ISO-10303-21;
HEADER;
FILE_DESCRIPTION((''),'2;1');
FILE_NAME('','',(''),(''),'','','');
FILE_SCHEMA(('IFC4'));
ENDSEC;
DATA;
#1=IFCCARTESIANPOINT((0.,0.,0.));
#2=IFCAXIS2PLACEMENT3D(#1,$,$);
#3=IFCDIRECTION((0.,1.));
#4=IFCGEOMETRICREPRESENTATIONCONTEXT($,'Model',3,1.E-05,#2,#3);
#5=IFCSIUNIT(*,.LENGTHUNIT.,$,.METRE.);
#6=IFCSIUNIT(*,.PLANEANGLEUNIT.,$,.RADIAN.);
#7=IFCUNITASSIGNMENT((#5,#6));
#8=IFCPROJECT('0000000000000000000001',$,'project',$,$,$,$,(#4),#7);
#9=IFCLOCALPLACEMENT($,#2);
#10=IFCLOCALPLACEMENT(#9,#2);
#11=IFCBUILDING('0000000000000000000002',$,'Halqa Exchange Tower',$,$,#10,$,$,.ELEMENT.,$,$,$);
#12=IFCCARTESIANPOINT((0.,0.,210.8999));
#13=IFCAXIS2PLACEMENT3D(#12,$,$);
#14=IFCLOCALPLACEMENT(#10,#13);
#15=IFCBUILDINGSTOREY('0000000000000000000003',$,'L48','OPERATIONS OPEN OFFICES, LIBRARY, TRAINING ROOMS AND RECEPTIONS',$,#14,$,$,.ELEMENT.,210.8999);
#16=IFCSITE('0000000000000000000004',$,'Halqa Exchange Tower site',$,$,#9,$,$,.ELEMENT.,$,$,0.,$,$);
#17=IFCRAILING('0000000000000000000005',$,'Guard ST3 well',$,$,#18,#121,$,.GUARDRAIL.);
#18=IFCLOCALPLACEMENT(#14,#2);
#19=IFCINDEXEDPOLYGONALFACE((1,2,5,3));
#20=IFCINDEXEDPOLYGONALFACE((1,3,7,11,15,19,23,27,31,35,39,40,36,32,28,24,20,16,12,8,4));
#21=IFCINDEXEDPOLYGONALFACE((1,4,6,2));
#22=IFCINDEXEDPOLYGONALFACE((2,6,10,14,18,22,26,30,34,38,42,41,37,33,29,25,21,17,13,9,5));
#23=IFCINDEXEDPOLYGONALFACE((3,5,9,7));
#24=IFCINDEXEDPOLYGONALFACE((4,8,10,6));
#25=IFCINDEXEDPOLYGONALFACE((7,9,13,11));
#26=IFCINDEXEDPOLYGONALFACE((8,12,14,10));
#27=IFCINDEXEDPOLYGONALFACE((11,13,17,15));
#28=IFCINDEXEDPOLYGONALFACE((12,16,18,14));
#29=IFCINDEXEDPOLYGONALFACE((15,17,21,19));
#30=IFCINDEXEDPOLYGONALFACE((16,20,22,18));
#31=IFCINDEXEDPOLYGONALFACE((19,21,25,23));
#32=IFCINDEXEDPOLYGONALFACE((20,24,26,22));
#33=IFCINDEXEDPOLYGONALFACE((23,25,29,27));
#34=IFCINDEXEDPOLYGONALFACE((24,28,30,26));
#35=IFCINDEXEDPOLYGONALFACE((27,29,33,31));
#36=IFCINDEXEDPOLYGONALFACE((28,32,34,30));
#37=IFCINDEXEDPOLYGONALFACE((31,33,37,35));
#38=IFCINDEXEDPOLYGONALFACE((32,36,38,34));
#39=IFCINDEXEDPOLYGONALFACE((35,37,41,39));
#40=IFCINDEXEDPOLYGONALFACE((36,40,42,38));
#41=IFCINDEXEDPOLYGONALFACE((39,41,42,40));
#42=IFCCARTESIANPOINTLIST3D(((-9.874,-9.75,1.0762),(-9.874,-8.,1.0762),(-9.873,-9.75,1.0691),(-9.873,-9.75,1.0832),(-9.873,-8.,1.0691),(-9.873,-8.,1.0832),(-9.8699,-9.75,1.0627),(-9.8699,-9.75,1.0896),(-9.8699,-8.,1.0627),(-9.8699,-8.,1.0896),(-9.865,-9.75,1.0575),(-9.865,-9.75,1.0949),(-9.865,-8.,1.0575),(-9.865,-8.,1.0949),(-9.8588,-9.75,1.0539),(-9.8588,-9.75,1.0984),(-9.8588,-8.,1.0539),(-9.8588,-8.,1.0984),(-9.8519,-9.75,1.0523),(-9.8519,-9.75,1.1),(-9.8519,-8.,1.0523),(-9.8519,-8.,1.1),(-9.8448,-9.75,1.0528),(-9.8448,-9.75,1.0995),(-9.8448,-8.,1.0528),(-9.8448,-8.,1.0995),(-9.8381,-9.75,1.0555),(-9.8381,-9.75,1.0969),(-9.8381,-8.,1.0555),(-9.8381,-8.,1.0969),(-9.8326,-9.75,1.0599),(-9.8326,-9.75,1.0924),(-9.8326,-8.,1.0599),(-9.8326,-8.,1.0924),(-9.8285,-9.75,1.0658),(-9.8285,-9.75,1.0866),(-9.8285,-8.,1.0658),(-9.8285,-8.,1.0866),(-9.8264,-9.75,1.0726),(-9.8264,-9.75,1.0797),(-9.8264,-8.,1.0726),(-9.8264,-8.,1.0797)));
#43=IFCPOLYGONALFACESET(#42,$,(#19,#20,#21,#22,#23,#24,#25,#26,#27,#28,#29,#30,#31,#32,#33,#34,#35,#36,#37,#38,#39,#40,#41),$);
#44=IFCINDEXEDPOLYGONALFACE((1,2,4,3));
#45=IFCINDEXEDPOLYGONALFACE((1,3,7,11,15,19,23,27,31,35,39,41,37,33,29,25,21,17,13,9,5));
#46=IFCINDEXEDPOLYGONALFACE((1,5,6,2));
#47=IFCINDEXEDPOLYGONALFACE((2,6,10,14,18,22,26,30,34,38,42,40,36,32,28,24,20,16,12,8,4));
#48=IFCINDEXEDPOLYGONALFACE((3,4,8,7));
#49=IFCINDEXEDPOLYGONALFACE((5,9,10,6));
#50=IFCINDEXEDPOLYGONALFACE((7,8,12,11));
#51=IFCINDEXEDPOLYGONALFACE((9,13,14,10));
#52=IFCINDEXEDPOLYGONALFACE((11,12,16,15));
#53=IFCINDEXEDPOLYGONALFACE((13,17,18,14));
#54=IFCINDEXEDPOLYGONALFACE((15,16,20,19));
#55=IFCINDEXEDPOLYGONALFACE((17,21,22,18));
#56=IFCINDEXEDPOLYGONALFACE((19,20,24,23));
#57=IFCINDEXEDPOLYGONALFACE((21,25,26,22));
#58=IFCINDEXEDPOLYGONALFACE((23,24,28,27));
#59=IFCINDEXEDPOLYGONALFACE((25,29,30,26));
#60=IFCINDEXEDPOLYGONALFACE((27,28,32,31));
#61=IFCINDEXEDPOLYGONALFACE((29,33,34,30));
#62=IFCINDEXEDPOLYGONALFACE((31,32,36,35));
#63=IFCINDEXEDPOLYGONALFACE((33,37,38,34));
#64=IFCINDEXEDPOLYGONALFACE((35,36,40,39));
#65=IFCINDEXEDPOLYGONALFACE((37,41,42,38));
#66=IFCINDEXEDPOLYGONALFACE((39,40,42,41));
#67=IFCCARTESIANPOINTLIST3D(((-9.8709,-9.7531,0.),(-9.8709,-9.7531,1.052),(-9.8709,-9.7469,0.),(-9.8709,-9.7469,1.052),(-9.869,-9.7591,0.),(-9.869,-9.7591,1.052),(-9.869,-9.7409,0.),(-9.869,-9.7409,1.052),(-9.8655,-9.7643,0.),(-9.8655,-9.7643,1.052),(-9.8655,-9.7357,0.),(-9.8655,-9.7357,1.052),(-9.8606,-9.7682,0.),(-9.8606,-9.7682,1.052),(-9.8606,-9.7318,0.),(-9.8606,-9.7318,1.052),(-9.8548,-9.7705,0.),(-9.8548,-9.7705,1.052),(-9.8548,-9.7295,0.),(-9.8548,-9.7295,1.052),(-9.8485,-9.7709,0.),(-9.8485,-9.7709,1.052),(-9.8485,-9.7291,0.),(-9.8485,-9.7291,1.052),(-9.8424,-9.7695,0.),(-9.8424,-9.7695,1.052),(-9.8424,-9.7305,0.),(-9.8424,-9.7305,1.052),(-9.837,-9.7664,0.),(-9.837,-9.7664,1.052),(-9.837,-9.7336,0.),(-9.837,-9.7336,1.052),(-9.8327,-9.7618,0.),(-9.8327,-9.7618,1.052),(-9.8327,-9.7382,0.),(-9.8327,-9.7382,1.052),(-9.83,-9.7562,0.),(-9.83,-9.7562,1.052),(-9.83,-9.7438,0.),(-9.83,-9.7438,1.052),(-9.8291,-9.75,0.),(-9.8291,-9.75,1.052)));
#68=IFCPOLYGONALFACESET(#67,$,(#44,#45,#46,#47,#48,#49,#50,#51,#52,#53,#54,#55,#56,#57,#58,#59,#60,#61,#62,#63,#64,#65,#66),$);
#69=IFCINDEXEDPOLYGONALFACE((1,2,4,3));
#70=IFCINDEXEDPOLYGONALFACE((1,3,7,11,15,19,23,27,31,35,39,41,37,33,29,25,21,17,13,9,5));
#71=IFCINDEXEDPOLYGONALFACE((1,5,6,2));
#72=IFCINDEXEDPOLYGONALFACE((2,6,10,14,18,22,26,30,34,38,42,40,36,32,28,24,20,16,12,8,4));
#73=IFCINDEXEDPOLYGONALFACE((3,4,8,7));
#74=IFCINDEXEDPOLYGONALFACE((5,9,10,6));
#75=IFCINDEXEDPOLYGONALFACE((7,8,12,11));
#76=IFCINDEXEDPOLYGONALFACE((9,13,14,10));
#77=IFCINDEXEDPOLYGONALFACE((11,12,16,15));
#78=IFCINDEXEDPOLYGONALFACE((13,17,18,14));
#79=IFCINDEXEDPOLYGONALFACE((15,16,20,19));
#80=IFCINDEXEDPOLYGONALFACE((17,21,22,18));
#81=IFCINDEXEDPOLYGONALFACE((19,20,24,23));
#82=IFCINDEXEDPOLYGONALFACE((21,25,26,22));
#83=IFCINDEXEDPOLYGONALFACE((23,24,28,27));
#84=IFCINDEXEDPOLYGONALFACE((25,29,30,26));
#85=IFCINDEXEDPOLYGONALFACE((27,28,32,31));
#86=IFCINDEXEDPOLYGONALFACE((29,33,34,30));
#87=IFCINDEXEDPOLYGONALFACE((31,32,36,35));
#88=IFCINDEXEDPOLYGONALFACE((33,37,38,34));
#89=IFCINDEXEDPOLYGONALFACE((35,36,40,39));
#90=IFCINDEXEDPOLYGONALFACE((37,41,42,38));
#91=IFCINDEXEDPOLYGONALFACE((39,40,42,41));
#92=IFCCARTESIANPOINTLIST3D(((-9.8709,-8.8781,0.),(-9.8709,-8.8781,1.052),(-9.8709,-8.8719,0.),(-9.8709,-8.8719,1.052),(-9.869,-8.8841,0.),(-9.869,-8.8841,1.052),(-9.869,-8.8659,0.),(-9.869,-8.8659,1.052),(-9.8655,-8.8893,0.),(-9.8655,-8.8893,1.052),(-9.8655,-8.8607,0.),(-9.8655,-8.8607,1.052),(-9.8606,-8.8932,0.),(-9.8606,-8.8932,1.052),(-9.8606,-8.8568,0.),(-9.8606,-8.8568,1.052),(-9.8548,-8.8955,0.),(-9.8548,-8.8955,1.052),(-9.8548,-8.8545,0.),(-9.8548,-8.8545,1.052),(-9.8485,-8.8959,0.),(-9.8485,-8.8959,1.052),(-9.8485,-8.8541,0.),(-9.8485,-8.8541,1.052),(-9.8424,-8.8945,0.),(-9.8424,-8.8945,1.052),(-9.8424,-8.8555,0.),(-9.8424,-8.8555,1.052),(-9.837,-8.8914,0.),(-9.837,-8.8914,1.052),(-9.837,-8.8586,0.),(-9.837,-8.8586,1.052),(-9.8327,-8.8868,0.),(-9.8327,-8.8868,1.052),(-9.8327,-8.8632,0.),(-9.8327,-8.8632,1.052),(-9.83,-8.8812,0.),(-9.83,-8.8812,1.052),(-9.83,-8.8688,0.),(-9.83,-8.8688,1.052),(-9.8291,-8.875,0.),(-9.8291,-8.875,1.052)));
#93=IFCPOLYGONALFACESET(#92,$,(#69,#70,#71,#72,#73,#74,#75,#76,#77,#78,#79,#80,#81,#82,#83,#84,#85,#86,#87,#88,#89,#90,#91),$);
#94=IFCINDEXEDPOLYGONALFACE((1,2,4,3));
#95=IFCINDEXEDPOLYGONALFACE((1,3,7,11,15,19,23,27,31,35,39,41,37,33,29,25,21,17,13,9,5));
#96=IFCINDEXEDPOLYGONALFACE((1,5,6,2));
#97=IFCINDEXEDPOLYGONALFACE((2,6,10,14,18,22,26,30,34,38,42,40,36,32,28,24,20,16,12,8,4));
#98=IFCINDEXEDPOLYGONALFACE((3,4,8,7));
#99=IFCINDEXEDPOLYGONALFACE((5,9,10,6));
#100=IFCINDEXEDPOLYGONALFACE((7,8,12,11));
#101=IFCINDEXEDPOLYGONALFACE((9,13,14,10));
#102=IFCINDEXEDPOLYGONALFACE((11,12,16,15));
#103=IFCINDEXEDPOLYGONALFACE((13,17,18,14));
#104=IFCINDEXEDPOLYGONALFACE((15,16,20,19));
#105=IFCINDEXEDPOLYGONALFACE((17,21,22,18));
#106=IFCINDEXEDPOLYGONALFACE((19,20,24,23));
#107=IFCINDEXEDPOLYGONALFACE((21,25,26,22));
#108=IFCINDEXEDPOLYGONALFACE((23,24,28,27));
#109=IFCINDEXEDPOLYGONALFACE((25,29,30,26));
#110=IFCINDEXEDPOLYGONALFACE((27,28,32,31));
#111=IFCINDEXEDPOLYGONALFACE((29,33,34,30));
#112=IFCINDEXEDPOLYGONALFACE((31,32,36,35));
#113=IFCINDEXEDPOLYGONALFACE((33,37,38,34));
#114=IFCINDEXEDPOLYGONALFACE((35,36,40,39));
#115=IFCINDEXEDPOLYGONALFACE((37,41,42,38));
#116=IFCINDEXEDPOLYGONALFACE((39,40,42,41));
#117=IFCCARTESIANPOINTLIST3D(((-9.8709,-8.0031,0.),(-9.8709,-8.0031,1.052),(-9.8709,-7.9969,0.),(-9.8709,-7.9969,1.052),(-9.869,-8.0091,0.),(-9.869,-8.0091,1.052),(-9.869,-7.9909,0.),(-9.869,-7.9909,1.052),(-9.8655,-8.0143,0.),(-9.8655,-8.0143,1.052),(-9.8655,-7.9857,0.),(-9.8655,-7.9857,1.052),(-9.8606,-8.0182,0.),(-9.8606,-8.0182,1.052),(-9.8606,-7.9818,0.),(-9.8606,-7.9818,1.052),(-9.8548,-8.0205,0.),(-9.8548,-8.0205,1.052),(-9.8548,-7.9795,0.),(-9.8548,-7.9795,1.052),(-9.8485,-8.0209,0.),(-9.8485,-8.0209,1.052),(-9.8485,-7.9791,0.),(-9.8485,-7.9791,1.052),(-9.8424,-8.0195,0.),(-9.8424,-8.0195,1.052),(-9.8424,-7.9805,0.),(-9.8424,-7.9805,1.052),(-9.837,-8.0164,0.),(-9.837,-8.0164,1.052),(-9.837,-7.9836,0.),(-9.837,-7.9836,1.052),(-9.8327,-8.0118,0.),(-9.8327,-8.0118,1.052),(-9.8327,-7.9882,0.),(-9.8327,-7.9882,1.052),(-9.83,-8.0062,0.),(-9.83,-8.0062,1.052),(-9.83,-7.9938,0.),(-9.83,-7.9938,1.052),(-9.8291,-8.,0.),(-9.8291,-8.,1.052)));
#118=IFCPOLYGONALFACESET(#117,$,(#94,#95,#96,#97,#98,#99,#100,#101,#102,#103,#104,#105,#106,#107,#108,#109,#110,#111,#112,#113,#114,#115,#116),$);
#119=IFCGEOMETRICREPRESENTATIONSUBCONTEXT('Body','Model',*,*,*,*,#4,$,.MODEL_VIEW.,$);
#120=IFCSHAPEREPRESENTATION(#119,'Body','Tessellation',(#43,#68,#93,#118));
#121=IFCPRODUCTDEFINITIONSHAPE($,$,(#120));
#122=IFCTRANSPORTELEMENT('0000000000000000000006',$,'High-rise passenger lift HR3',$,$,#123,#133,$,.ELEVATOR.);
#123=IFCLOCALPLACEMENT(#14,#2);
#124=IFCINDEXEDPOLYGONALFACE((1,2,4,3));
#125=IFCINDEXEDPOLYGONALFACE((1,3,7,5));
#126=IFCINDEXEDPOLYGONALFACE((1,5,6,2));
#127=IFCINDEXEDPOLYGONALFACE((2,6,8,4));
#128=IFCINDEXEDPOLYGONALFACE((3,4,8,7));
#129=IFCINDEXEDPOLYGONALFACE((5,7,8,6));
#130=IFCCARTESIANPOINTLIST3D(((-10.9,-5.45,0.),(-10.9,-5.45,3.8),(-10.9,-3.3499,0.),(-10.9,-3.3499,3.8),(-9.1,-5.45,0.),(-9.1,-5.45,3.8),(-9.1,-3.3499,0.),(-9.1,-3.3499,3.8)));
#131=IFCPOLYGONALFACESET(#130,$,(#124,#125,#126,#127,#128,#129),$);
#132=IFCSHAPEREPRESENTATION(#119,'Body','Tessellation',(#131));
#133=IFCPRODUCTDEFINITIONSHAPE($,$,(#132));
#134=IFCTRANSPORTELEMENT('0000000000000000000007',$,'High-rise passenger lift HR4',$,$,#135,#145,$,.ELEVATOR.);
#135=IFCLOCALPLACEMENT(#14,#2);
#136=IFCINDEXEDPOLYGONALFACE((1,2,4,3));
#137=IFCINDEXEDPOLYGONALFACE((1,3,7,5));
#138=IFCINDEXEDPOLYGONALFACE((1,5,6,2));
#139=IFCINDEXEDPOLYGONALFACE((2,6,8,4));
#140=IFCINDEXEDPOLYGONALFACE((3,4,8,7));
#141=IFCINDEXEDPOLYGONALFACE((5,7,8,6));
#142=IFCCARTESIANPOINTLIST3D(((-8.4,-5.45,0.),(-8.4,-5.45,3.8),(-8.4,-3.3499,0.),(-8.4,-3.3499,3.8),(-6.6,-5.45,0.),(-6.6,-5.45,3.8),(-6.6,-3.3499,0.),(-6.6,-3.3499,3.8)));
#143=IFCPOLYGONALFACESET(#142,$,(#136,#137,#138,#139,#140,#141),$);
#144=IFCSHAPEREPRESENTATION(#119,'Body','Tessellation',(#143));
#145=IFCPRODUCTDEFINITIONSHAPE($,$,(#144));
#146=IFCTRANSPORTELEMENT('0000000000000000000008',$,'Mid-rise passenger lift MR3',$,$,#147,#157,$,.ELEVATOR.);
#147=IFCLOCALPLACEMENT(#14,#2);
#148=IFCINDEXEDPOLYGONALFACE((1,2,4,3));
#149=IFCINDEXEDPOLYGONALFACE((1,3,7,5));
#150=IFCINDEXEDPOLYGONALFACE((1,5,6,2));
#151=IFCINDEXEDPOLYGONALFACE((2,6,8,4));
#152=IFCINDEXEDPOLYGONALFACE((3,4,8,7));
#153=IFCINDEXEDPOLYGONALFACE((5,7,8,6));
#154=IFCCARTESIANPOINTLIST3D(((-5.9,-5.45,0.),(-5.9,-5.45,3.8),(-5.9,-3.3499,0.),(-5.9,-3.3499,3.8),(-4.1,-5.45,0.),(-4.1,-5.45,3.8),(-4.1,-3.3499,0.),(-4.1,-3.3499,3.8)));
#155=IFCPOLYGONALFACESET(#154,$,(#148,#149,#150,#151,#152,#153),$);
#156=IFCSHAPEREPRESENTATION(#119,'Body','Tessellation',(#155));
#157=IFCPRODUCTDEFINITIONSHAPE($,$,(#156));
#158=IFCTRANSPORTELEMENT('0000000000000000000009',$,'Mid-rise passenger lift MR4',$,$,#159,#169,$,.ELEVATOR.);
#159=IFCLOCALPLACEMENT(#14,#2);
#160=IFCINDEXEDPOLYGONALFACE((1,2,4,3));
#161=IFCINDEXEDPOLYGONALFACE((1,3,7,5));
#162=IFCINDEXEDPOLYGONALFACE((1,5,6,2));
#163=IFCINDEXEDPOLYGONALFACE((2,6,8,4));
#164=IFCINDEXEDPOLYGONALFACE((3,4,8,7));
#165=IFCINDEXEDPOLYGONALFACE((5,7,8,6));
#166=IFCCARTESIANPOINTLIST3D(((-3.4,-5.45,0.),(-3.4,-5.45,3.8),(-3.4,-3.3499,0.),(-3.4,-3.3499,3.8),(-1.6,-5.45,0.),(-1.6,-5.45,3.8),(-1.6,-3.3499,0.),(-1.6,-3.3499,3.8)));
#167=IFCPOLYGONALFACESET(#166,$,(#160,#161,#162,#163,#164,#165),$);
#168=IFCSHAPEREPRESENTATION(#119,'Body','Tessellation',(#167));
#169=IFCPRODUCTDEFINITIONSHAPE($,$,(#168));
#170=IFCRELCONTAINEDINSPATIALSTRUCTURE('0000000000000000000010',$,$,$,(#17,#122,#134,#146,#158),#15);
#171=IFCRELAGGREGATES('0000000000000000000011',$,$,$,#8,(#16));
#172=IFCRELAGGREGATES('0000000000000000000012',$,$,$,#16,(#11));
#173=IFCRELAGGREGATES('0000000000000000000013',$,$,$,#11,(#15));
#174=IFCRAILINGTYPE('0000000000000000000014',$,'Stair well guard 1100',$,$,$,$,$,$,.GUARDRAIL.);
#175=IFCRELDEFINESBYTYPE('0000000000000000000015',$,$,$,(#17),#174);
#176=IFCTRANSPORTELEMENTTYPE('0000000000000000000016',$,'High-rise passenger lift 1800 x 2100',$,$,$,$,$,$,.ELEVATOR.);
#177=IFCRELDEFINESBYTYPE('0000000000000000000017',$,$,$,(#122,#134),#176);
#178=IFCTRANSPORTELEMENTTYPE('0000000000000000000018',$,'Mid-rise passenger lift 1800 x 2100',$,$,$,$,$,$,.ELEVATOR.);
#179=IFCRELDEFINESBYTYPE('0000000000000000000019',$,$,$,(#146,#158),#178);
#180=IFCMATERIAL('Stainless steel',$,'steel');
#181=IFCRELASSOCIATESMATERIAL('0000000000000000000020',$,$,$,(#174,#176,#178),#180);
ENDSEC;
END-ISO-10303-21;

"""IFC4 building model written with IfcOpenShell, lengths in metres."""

from ifc_helpers import new_model, si_unit, direction, frame, origin, origin_2d, place, context, subcontext, project, spatial, rectangle, circle, extrude, material, type_object, element, save


model = new_model("IFC4")

# Units and contexts
model_context = context("Model", 3, precision=1e-05, world=origin(), true_north=direction((0.0, 1.0)))
body_context = subcontext(model_context, "Body", "Model", "MODEL_VIEW")
ifc_project = project(units=[si_unit("LENGTHUNIT", "METRE"), si_unit("PLANEANGLEUNIT", "RADIAN")], contexts=[model_context])

# Site, building, storey
site_placement = place(None, origin())
site = spatial("IfcSite", under=ifc_project, at=site_placement, Name="Halqa Exchange Tower site", CompositionType="ELEMENT", RefElevation=0.0)
building_placement = place(site_placement, origin())
building = spatial("IfcBuilding", under=site, at=building_placement, Name="Halqa Exchange Tower", CompositionType="ELEMENT")
storey_placement = place(building_placement, frame((0.0, 0.0, 210.8999)))
storey = spatial("IfcBuildingStorey", under=building, at=storey_placement, Name="L48", Description="OPERATIONS OPEN OFFICES, LIBRARY, TRAINING ROOMS AND RECEPTIONS", CompositionType="ELEMENT", Elevation=210.8999)

# Shared definitions
ifc_material_1 = material(Name="Stainless steel", Category="steel")

# Railing
railing_type_1 = type_object("IfcRailingType", Name="Stair well guard 1100", PredefinedType="GUARDRAIL", material=ifc_material_1)
railing_1_placement = place(storey_placement, frame((-9.8501, -9.75, 0.0)))
element("IfcRailing", 1, at=railing_1_placement, inside=storey, type_object=railing_type_1, Name="Guard ST3 well", PredefinedType="GUARDRAIL", context=body_context, shape_type="SweptSolid", body=[
    extrude(circle(Radius=0.0239, at=origin_2d()), frame((0.0, 0.0, 1.0762), z_axis=(0.0, 1.0, 0.0), x_axis=(-1.0, 0.0, 0.0)), (0.0, 0.0, 1.0), 1.75),
    extrude(circle(Radius=0.021, at=origin_2d()), origin(), (0.0, 0.0, 1.0), 1.052),
    extrude(circle(Radius=0.021, at=origin_2d()), frame((0.0, 0.875, 0.0)), (0.0, 0.0, 1.0), 1.052),
    extrude(circle(Radius=0.021, at=origin_2d()), frame((0.0, 1.75, 0.0)), (0.0, 0.0, 1.0), 1.052),
])

# Transport elements
transport_element_type_1 = type_object("IfcTransportElementType", Name="High-rise passenger lift 1800 x 2100", PredefinedType="ELEVATOR", material=ifc_material_1)
for number, where, z_axis, x_axis, name in (
    (2, (-10.0, -4.3999, 0.0), (0.0, 0.0, 1.0), (1.0, 0.0, 0.0), "High-rise passenger lift HR3"),
    (3, (-7.5, -4.3999, 0.0), (0.0, 0.0, 1.0), (1.0, 0.0, 0.0), "High-rise passenger lift HR4"),
):
    element("IfcTransportElement", number, at=place(storey_placement, frame(where, z_axis=z_axis, x_axis=x_axis)), inside=storey, type_object=transport_element_type_1, Name=name, PredefinedType="ELEVATOR", context=body_context, shape_type="SweptSolid", body=[
        extrude(rectangle(XDim=1.8, YDim=2.1001, at=origin_2d()), origin(), (0.0, 0.0, 1.0), 3.8),
    ])
transport_element_type_2 = type_object("IfcTransportElementType", Name="Mid-rise passenger lift 1800 x 2100", PredefinedType="ELEVATOR", material=ifc_material_1)
for number, where, z_axis, x_axis, name in (
    (4, (-5.0, -4.3999, 0.0), (0.0, 0.0, 1.0), (1.0, 0.0, 0.0), "Mid-rise passenger lift MR3"),
    (5, (-2.5, -4.3999, 0.0), (0.0, 0.0, 1.0), (1.0, 0.0, 0.0), "Mid-rise passenger lift MR4"),
):
    element("IfcTransportElement", number, at=place(storey_placement, frame(where, z_axis=z_axis, x_axis=x_axis)), inside=storey, type_object=transport_element_type_2, Name=name, PredefinedType="ELEVATOR", context=body_context, shape_type="SweptSolid", body=[
        extrude(rectangle(XDim=1.8, YDim=2.1001, at=origin_2d()), origin(), (0.0, 0.0, 1.0), 3.8),
    ])

save(model, "model.ifc")
